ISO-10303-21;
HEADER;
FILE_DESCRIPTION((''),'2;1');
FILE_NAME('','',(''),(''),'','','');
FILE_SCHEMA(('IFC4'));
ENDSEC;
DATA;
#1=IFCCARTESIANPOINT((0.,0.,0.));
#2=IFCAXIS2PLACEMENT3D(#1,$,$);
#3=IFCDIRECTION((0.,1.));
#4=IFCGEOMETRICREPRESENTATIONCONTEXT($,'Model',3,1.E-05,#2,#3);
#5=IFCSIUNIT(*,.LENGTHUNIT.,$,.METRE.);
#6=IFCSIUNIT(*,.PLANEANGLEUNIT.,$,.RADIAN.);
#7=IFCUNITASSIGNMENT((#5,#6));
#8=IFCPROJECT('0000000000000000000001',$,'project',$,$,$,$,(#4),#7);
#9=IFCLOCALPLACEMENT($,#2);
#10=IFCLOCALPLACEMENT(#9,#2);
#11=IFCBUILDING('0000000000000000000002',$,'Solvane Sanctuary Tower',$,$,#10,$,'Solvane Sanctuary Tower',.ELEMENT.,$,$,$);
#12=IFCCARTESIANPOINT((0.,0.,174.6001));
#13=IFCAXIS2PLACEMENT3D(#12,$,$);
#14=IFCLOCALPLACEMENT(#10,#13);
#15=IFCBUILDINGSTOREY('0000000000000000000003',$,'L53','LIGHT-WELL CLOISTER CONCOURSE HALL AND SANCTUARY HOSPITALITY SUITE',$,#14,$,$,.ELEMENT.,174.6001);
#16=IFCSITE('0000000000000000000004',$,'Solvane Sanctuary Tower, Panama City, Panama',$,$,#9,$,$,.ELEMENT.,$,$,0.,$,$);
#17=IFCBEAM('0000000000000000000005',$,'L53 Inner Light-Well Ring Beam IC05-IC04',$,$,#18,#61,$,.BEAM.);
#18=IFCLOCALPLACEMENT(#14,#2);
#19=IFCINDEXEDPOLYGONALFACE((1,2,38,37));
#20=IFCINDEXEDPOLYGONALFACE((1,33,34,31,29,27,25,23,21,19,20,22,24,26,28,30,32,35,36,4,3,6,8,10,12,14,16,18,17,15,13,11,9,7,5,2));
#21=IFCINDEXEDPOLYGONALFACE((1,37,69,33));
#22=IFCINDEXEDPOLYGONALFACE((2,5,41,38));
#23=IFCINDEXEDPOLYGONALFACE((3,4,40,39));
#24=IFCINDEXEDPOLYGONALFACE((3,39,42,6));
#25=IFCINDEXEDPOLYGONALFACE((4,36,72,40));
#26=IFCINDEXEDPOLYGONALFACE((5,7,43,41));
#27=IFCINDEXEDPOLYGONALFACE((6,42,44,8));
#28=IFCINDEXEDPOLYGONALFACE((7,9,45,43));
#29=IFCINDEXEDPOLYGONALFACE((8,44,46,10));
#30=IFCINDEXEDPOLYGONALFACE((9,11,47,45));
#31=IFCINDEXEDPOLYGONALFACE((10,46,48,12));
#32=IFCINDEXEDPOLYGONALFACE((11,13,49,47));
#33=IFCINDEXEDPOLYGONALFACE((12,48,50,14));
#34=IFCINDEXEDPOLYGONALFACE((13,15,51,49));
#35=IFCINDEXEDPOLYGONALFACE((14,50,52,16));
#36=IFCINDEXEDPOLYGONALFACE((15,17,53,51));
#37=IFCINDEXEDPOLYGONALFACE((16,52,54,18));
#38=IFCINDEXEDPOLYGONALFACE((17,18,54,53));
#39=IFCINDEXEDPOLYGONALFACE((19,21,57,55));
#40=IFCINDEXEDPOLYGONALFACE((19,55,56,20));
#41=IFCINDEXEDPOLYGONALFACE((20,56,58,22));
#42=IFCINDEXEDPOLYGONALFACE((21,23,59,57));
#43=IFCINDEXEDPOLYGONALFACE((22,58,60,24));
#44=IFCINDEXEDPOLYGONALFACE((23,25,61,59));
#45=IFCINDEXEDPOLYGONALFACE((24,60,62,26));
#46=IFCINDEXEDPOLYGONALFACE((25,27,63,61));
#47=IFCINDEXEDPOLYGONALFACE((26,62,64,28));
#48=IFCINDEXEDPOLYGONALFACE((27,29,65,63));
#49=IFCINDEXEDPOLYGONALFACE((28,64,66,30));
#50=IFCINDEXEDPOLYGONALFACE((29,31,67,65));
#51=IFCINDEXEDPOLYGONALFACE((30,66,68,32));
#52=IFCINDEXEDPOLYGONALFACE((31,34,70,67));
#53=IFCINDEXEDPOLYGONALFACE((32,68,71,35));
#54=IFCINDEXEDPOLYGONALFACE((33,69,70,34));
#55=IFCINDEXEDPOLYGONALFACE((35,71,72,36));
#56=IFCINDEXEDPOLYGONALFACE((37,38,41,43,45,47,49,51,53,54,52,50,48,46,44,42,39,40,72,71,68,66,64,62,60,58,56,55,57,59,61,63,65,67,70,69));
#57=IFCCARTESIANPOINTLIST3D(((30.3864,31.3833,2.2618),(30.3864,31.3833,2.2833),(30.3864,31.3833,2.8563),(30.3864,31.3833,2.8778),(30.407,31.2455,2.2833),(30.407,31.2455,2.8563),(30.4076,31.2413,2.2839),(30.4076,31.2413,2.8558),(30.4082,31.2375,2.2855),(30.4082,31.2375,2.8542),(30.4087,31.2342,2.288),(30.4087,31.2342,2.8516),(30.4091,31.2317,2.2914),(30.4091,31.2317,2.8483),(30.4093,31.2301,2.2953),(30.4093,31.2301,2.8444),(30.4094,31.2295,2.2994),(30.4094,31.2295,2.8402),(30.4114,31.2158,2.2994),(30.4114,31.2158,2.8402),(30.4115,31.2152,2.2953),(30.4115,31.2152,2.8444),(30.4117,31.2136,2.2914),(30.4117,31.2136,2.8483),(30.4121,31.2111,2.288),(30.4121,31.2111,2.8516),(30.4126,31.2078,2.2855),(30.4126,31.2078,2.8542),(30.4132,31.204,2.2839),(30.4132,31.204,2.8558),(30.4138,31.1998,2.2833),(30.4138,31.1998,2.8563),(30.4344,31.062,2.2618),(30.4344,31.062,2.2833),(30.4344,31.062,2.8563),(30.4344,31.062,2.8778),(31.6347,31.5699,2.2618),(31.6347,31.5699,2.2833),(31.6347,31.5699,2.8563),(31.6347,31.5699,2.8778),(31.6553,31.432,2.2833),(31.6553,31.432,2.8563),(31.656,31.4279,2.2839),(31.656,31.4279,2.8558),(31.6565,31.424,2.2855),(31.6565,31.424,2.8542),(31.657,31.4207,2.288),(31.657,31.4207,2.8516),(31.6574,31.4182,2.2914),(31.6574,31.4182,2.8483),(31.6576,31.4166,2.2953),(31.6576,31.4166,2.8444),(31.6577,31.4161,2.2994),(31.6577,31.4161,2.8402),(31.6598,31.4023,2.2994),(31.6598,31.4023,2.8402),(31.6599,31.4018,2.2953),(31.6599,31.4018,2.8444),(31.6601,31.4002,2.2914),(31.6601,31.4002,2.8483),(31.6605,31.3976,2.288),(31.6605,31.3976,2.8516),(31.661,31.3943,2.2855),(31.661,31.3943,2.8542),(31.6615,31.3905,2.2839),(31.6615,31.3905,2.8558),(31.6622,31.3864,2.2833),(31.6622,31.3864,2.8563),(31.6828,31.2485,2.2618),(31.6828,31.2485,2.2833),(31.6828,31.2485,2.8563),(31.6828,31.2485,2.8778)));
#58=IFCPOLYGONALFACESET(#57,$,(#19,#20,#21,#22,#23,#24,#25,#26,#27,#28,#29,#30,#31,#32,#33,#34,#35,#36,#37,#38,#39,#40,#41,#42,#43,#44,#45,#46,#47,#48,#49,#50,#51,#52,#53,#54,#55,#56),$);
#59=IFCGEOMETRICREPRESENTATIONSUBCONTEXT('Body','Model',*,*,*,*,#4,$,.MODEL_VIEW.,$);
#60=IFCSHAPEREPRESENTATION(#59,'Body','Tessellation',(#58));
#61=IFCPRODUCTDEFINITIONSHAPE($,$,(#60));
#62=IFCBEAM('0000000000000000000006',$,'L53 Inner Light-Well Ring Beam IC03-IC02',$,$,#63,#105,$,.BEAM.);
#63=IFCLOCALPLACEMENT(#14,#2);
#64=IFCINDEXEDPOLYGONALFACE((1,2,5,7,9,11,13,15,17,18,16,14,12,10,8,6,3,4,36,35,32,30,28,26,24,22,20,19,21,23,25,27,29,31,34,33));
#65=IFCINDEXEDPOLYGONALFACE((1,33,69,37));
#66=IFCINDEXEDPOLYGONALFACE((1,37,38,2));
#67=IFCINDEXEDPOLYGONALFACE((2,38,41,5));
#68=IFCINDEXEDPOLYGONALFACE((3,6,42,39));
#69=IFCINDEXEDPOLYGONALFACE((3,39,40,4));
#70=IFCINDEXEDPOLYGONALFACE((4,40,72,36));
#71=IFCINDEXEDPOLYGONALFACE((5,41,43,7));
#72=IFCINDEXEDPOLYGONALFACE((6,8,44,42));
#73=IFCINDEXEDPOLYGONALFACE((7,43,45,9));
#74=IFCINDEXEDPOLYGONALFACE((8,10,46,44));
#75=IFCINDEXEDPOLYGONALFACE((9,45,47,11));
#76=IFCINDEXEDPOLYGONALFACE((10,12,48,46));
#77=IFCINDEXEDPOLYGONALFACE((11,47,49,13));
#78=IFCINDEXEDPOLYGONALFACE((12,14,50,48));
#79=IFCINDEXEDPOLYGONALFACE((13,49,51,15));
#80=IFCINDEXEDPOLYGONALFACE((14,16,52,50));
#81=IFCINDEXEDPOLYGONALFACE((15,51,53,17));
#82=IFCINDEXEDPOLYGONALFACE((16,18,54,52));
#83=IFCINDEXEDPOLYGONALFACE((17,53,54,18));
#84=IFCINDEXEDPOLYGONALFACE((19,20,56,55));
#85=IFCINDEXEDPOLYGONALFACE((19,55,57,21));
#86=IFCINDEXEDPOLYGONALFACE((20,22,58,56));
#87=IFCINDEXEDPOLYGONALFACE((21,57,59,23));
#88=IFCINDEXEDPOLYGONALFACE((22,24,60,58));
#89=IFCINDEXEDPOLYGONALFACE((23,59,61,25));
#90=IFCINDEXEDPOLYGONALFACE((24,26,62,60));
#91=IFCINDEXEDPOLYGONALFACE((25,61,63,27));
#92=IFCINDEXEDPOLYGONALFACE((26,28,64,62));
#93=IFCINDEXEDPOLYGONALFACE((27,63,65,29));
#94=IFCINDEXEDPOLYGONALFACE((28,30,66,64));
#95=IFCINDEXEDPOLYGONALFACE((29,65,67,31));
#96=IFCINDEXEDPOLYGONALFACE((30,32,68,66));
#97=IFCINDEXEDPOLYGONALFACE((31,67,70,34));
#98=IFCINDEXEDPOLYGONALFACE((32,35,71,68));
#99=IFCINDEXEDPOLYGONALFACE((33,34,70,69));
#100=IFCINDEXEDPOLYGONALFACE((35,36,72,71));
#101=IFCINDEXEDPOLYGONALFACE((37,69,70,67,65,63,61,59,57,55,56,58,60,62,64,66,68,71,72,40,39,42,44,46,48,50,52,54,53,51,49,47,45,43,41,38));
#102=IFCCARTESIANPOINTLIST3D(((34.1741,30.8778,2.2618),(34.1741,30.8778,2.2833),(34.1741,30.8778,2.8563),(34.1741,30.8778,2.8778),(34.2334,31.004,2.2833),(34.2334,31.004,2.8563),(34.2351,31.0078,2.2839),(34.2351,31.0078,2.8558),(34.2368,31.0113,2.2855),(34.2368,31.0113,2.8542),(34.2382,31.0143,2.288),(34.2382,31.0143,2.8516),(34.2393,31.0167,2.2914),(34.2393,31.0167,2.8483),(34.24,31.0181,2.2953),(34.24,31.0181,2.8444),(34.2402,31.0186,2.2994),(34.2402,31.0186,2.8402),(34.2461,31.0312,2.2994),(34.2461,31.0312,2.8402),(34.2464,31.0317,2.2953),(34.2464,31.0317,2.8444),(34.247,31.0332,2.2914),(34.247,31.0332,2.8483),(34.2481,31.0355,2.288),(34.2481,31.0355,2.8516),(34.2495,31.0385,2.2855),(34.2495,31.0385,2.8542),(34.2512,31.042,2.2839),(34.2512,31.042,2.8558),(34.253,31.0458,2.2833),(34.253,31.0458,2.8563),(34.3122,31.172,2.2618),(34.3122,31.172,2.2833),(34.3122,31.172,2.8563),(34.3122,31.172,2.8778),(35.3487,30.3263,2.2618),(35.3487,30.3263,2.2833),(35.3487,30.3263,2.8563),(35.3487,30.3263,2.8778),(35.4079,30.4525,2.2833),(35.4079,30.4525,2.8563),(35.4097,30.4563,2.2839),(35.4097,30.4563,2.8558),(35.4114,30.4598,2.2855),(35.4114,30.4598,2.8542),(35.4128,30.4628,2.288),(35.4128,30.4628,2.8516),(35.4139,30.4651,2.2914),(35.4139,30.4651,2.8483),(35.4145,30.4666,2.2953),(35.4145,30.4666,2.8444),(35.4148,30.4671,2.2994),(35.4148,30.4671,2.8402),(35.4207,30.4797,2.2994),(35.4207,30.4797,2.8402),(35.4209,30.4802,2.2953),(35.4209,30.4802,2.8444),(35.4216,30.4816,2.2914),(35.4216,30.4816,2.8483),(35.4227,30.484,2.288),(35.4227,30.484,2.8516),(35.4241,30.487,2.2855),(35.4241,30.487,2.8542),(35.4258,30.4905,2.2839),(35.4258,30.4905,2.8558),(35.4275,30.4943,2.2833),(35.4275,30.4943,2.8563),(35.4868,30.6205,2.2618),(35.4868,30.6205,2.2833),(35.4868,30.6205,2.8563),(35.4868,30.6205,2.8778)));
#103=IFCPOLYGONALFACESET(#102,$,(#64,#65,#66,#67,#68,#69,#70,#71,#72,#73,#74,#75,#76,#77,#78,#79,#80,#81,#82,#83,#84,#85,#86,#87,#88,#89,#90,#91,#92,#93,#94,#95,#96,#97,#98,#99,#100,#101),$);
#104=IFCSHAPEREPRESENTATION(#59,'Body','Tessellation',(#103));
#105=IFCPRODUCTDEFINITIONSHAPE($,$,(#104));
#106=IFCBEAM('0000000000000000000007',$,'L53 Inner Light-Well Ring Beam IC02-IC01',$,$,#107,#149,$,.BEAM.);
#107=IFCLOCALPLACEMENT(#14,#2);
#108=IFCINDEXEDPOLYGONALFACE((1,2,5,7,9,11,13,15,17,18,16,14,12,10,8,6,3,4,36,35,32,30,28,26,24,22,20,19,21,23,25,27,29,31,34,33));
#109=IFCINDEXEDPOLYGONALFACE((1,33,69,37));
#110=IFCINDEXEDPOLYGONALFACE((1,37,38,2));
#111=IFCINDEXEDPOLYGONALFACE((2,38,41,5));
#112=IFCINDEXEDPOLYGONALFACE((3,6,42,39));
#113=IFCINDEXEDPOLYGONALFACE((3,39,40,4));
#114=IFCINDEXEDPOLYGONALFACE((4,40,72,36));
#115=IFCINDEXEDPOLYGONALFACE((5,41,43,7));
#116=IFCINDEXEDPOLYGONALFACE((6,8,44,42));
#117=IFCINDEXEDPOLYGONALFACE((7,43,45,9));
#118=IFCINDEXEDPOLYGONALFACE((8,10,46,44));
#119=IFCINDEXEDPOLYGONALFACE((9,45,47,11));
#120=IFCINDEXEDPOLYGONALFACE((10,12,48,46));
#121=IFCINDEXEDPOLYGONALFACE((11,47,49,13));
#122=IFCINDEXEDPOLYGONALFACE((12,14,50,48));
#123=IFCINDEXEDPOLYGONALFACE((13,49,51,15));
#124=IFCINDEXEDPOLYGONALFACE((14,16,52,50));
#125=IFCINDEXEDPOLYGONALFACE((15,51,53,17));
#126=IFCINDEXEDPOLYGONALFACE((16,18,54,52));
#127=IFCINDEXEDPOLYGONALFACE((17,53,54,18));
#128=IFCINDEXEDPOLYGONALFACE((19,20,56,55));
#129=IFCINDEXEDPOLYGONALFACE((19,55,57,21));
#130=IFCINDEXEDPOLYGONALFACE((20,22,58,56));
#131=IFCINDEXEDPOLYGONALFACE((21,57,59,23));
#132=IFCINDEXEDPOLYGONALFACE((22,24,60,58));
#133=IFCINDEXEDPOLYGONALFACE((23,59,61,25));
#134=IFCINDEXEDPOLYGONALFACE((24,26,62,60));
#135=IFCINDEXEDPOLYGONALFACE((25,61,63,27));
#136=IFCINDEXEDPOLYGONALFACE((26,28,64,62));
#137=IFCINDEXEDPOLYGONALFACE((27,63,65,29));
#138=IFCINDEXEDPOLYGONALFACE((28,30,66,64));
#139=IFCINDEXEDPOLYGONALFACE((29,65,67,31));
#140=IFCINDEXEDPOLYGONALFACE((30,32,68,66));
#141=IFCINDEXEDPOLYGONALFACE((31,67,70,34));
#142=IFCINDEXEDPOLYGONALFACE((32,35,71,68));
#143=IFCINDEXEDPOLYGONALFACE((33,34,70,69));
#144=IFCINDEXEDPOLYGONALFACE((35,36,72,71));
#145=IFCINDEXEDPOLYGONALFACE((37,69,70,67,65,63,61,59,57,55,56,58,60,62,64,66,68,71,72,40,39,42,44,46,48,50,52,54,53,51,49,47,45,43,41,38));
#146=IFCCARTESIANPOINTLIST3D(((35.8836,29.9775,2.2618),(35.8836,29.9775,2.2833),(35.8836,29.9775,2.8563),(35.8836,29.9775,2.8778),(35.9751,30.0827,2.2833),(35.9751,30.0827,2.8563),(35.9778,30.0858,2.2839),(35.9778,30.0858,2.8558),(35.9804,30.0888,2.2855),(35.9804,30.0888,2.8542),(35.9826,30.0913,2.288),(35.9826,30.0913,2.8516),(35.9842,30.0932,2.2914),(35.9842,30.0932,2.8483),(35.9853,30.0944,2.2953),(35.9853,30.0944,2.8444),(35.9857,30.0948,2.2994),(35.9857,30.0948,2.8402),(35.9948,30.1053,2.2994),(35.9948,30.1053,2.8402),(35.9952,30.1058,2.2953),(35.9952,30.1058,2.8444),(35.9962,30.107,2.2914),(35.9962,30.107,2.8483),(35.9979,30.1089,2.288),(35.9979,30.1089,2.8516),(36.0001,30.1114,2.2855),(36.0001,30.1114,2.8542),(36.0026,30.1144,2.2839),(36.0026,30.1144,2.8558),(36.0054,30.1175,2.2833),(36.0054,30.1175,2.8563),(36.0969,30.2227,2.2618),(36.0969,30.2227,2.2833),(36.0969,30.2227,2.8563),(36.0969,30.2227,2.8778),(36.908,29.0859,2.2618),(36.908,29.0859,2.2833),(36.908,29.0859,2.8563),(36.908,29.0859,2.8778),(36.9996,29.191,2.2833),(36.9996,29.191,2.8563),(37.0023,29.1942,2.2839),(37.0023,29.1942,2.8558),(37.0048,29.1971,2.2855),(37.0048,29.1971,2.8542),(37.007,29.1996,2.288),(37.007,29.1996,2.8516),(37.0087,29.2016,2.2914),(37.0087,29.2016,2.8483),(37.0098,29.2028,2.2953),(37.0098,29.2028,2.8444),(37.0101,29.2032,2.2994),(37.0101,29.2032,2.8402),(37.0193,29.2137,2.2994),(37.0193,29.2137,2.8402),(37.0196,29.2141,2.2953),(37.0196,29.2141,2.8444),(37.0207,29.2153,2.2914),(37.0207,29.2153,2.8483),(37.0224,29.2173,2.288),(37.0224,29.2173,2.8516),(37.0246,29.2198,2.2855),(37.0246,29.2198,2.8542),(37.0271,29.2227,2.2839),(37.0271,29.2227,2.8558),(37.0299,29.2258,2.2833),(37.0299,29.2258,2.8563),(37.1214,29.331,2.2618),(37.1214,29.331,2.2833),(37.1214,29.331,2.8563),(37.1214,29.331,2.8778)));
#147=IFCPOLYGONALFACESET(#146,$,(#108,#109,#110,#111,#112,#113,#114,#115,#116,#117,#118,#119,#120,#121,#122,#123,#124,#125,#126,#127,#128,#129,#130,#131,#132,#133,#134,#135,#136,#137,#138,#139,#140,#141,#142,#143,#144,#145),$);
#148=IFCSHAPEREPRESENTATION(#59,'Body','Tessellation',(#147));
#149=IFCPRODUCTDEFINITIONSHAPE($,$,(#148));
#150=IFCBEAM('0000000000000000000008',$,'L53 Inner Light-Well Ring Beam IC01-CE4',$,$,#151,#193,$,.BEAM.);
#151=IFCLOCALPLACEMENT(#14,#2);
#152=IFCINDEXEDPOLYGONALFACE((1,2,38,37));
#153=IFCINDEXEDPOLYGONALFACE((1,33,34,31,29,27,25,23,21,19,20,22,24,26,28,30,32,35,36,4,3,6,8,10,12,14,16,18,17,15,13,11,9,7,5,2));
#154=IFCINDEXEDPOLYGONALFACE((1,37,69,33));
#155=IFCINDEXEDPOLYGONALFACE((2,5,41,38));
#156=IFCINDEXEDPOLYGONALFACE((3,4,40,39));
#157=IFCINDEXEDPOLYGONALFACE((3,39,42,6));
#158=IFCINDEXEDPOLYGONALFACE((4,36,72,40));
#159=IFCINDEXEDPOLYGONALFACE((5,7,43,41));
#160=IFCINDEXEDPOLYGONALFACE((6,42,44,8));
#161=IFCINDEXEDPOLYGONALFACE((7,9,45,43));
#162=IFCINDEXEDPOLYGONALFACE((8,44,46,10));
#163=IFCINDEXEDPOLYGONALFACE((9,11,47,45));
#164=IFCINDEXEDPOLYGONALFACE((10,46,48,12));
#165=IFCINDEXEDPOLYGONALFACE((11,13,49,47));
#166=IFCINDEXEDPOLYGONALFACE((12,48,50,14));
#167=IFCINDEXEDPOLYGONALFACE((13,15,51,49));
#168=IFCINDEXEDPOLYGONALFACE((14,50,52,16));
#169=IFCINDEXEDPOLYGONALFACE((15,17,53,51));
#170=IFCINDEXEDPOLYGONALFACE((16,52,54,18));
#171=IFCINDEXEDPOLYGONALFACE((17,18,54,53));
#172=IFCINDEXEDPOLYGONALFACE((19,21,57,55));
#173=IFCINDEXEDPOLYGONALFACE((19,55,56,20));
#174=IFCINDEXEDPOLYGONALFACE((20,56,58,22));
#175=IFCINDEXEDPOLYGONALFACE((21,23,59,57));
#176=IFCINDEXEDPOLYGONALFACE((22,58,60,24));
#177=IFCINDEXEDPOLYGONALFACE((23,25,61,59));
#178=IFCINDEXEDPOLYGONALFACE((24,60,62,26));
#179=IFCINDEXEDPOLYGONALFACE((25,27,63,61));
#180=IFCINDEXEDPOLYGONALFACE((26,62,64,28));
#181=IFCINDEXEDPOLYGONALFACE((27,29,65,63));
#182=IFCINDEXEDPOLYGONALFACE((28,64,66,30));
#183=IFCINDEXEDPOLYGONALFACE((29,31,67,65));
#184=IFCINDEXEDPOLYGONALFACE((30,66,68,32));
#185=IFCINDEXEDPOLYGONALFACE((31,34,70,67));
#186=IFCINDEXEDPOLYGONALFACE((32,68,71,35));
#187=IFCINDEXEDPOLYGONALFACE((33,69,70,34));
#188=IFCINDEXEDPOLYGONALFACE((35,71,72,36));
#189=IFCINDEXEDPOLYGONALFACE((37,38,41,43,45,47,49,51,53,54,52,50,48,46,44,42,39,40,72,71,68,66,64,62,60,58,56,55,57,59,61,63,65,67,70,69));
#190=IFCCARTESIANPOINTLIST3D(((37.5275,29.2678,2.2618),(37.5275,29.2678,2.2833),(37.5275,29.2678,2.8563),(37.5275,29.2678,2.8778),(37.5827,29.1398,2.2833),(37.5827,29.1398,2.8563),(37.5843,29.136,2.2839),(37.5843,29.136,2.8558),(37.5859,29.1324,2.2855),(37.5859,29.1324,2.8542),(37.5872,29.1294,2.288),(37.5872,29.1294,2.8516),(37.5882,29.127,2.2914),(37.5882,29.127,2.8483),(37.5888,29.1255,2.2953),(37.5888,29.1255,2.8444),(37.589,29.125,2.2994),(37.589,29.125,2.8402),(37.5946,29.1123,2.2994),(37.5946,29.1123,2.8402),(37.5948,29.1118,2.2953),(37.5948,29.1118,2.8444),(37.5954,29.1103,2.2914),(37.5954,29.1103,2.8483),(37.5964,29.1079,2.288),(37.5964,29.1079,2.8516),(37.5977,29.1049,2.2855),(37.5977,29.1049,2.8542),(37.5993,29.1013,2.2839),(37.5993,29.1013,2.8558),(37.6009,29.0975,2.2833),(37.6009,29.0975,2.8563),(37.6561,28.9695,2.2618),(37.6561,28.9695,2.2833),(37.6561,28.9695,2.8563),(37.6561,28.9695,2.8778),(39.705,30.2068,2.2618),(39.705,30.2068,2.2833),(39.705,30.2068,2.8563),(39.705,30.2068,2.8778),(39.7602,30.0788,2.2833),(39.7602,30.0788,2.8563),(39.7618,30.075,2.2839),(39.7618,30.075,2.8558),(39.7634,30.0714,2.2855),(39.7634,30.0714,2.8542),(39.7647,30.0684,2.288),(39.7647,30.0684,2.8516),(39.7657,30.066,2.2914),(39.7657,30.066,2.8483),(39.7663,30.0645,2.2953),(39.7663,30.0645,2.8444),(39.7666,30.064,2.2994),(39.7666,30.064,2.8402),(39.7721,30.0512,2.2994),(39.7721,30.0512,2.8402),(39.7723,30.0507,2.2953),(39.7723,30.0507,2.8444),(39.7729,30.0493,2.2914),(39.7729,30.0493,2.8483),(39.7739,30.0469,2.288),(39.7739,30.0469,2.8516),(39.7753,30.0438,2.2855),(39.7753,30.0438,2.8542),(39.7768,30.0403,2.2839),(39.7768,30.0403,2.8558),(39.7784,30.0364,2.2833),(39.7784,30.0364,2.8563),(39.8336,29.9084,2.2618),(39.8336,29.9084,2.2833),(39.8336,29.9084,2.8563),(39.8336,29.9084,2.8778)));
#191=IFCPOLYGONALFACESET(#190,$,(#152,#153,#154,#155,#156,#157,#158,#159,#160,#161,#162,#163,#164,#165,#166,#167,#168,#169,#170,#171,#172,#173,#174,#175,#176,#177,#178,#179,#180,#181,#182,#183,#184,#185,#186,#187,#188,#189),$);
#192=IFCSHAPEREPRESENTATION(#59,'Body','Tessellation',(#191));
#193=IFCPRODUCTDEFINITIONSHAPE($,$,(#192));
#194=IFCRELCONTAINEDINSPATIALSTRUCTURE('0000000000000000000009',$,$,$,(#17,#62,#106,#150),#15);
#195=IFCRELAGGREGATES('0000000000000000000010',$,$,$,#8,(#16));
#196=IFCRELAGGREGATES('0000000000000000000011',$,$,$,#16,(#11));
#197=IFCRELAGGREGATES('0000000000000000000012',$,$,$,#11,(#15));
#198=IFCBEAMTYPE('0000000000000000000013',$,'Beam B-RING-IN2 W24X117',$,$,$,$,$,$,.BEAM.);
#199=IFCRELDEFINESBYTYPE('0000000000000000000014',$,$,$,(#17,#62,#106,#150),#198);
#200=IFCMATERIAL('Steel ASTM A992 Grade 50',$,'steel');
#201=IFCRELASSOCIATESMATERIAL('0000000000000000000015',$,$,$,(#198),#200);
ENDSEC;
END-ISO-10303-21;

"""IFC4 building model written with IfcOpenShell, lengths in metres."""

from ifc_helpers import new_model, si_unit, direction, frame, origin, origin_2d, place, context, subcontext, project, spatial, i_section, extrude, material, material_profile, profile_set, type_object, element, save


model = new_model("IFC4")

# Units and contexts
model_context = context("Model", 3, precision=1e-05, world=origin(), true_north=direction((0.0, 1.0)))
body_context = subcontext(model_context, "Body", "Model", "MODEL_VIEW")
ifc_project = project(units=[si_unit("LENGTHUNIT", "METRE"), si_unit("PLANEANGLEUNIT", "RADIAN")], contexts=[model_context])

# Site, building, storey
site_placement = place(None, origin())
site = spatial("IfcSite", under=ifc_project, at=site_placement, Name="Solvane Sanctuary Tower, Panama City, Panama", CompositionType="ELEMENT", RefElevation=0.0)
building_placement = place(site_placement, origin())
building = spatial("IfcBuilding", under=site, at=building_placement, Name="Solvane Sanctuary Tower", LongName="Solvane Sanctuary Tower", CompositionType="ELEMENT")
storey_placement = place(building_placement, frame((0.0, 0.0, 174.6001)))
storey = spatial("IfcBuildingStorey", under=building, at=storey_placement, Name="L53", Description="LIGHT-WELL CLOISTER CONCOURSE HALL AND SANCTUARY HOSPITALITY SUITE", CompositionType="ELEMENT", Elevation=174.6001)

# Beams
ifc_material_1 = material(Name="Steel ASTM A992 Grade 50", Category="steel")
ifc_material_profile_1 = material_profile(ifc_material_1, i_section(OverallWidth=0.325, OverallDepth=0.616, WebThickness=0.0139, FlangeThickness=0.0215, FilletRadius=0.0161, at=origin_2d()), Name="W24X117")
ifc_profile_set_1 = profile_set([ifc_material_profile_1], Name="Steel ASTM A992 Grade 50")
beam_type_1 = type_object("IfcBeamType", Name="Beam B-RING-IN2 W24X117", PredefinedType="BEAM", material=ifc_profile_set_1)
beam_1_placement = place(storey_placement, frame((30.4104, 31.2227, 2.5698), z_axis=(0.98902, 0.147782, 0.0), x_axis=(-0.147782, 0.98902, 0.0)))
element("IfcBeam", 1, at=beam_1_placement, inside=storey, type_object=beam_type_1, Name="L53 Inner Light-Well Ring Beam IC05-IC04", PredefinedType="BEAM", context=body_context, shape_type="SweptSolid", body=[
    extrude(i_section(OverallWidth=0.325, OverallDepth=0.616, WebThickness=0.0139, FlangeThickness=0.0215, FilletRadius=0.0161, at=origin_2d()), origin(), (0.0, 0.0, 1.0), 1.2622),
])
beam_2_placement = place(storey_placement, frame((34.2432, 31.0249, 2.5698), z_axis=(0.905181, -0.425027, 0.0), x_axis=(0.425027, 0.905181, 0.0)))
element("IfcBeam", 2, at=beam_2_placement, inside=storey, type_object=beam_type_1, Name="L53 Inner Light-Well Ring Beam IC03-IC02", PredefinedType="BEAM", context=body_context, shape_type="SweptSolid", body=[
    extrude(i_section(OverallWidth=0.325, OverallDepth=0.616, WebThickness=0.0139, FlangeThickness=0.0215, FilletRadius=0.0161, at=origin_2d()), origin(), (0.0, 0.0, 1.0), 1.2976),
])
beam_3_placement = place(storey_placement, frame((35.9902, 30.1001, 2.5698), z_axis=(0.754311, -0.656517, 0.0), x_axis=(0.656517, 0.754311, 0.0)))
element("IfcBeam", 3, at=beam_3_placement, inside=storey, type_object=beam_type_1, Name="L53 Inner Light-Well Ring Beam IC02-IC01", PredefinedType="BEAM", context=body_context, shape_type="SweptSolid", body=[
    extrude(i_section(OverallWidth=0.325, OverallDepth=0.616, WebThickness=0.0139, FlangeThickness=0.0215, FilletRadius=0.0161, at=origin_2d()), origin(), (0.0, 0.0, 1.0), 1.3582),
])
beam_4_placement = place(storey_placement, frame((37.5918, 29.1187, 2.5698), z_axis=(0.918264, 0.395969, 0.0), x_axis=(-0.395969, 0.918264, 0.0)))
element("IfcBeam", 4, at=beam_4_placement, inside=storey, type_object=beam_type_1, Name="L53 Inner Light-Well Ring Beam IC01-CE4", PredefinedType="BEAM", context=body_context, shape_type="SweptSolid", body=[
    extrude(i_section(OverallWidth=0.325, OverallDepth=0.616, WebThickness=0.0139, FlangeThickness=0.0215, FilletRadius=0.0161, at=origin_2d()), origin(), (0.0, 0.0, 1.0), 2.3713),
])

save(model, "model.ifc")
